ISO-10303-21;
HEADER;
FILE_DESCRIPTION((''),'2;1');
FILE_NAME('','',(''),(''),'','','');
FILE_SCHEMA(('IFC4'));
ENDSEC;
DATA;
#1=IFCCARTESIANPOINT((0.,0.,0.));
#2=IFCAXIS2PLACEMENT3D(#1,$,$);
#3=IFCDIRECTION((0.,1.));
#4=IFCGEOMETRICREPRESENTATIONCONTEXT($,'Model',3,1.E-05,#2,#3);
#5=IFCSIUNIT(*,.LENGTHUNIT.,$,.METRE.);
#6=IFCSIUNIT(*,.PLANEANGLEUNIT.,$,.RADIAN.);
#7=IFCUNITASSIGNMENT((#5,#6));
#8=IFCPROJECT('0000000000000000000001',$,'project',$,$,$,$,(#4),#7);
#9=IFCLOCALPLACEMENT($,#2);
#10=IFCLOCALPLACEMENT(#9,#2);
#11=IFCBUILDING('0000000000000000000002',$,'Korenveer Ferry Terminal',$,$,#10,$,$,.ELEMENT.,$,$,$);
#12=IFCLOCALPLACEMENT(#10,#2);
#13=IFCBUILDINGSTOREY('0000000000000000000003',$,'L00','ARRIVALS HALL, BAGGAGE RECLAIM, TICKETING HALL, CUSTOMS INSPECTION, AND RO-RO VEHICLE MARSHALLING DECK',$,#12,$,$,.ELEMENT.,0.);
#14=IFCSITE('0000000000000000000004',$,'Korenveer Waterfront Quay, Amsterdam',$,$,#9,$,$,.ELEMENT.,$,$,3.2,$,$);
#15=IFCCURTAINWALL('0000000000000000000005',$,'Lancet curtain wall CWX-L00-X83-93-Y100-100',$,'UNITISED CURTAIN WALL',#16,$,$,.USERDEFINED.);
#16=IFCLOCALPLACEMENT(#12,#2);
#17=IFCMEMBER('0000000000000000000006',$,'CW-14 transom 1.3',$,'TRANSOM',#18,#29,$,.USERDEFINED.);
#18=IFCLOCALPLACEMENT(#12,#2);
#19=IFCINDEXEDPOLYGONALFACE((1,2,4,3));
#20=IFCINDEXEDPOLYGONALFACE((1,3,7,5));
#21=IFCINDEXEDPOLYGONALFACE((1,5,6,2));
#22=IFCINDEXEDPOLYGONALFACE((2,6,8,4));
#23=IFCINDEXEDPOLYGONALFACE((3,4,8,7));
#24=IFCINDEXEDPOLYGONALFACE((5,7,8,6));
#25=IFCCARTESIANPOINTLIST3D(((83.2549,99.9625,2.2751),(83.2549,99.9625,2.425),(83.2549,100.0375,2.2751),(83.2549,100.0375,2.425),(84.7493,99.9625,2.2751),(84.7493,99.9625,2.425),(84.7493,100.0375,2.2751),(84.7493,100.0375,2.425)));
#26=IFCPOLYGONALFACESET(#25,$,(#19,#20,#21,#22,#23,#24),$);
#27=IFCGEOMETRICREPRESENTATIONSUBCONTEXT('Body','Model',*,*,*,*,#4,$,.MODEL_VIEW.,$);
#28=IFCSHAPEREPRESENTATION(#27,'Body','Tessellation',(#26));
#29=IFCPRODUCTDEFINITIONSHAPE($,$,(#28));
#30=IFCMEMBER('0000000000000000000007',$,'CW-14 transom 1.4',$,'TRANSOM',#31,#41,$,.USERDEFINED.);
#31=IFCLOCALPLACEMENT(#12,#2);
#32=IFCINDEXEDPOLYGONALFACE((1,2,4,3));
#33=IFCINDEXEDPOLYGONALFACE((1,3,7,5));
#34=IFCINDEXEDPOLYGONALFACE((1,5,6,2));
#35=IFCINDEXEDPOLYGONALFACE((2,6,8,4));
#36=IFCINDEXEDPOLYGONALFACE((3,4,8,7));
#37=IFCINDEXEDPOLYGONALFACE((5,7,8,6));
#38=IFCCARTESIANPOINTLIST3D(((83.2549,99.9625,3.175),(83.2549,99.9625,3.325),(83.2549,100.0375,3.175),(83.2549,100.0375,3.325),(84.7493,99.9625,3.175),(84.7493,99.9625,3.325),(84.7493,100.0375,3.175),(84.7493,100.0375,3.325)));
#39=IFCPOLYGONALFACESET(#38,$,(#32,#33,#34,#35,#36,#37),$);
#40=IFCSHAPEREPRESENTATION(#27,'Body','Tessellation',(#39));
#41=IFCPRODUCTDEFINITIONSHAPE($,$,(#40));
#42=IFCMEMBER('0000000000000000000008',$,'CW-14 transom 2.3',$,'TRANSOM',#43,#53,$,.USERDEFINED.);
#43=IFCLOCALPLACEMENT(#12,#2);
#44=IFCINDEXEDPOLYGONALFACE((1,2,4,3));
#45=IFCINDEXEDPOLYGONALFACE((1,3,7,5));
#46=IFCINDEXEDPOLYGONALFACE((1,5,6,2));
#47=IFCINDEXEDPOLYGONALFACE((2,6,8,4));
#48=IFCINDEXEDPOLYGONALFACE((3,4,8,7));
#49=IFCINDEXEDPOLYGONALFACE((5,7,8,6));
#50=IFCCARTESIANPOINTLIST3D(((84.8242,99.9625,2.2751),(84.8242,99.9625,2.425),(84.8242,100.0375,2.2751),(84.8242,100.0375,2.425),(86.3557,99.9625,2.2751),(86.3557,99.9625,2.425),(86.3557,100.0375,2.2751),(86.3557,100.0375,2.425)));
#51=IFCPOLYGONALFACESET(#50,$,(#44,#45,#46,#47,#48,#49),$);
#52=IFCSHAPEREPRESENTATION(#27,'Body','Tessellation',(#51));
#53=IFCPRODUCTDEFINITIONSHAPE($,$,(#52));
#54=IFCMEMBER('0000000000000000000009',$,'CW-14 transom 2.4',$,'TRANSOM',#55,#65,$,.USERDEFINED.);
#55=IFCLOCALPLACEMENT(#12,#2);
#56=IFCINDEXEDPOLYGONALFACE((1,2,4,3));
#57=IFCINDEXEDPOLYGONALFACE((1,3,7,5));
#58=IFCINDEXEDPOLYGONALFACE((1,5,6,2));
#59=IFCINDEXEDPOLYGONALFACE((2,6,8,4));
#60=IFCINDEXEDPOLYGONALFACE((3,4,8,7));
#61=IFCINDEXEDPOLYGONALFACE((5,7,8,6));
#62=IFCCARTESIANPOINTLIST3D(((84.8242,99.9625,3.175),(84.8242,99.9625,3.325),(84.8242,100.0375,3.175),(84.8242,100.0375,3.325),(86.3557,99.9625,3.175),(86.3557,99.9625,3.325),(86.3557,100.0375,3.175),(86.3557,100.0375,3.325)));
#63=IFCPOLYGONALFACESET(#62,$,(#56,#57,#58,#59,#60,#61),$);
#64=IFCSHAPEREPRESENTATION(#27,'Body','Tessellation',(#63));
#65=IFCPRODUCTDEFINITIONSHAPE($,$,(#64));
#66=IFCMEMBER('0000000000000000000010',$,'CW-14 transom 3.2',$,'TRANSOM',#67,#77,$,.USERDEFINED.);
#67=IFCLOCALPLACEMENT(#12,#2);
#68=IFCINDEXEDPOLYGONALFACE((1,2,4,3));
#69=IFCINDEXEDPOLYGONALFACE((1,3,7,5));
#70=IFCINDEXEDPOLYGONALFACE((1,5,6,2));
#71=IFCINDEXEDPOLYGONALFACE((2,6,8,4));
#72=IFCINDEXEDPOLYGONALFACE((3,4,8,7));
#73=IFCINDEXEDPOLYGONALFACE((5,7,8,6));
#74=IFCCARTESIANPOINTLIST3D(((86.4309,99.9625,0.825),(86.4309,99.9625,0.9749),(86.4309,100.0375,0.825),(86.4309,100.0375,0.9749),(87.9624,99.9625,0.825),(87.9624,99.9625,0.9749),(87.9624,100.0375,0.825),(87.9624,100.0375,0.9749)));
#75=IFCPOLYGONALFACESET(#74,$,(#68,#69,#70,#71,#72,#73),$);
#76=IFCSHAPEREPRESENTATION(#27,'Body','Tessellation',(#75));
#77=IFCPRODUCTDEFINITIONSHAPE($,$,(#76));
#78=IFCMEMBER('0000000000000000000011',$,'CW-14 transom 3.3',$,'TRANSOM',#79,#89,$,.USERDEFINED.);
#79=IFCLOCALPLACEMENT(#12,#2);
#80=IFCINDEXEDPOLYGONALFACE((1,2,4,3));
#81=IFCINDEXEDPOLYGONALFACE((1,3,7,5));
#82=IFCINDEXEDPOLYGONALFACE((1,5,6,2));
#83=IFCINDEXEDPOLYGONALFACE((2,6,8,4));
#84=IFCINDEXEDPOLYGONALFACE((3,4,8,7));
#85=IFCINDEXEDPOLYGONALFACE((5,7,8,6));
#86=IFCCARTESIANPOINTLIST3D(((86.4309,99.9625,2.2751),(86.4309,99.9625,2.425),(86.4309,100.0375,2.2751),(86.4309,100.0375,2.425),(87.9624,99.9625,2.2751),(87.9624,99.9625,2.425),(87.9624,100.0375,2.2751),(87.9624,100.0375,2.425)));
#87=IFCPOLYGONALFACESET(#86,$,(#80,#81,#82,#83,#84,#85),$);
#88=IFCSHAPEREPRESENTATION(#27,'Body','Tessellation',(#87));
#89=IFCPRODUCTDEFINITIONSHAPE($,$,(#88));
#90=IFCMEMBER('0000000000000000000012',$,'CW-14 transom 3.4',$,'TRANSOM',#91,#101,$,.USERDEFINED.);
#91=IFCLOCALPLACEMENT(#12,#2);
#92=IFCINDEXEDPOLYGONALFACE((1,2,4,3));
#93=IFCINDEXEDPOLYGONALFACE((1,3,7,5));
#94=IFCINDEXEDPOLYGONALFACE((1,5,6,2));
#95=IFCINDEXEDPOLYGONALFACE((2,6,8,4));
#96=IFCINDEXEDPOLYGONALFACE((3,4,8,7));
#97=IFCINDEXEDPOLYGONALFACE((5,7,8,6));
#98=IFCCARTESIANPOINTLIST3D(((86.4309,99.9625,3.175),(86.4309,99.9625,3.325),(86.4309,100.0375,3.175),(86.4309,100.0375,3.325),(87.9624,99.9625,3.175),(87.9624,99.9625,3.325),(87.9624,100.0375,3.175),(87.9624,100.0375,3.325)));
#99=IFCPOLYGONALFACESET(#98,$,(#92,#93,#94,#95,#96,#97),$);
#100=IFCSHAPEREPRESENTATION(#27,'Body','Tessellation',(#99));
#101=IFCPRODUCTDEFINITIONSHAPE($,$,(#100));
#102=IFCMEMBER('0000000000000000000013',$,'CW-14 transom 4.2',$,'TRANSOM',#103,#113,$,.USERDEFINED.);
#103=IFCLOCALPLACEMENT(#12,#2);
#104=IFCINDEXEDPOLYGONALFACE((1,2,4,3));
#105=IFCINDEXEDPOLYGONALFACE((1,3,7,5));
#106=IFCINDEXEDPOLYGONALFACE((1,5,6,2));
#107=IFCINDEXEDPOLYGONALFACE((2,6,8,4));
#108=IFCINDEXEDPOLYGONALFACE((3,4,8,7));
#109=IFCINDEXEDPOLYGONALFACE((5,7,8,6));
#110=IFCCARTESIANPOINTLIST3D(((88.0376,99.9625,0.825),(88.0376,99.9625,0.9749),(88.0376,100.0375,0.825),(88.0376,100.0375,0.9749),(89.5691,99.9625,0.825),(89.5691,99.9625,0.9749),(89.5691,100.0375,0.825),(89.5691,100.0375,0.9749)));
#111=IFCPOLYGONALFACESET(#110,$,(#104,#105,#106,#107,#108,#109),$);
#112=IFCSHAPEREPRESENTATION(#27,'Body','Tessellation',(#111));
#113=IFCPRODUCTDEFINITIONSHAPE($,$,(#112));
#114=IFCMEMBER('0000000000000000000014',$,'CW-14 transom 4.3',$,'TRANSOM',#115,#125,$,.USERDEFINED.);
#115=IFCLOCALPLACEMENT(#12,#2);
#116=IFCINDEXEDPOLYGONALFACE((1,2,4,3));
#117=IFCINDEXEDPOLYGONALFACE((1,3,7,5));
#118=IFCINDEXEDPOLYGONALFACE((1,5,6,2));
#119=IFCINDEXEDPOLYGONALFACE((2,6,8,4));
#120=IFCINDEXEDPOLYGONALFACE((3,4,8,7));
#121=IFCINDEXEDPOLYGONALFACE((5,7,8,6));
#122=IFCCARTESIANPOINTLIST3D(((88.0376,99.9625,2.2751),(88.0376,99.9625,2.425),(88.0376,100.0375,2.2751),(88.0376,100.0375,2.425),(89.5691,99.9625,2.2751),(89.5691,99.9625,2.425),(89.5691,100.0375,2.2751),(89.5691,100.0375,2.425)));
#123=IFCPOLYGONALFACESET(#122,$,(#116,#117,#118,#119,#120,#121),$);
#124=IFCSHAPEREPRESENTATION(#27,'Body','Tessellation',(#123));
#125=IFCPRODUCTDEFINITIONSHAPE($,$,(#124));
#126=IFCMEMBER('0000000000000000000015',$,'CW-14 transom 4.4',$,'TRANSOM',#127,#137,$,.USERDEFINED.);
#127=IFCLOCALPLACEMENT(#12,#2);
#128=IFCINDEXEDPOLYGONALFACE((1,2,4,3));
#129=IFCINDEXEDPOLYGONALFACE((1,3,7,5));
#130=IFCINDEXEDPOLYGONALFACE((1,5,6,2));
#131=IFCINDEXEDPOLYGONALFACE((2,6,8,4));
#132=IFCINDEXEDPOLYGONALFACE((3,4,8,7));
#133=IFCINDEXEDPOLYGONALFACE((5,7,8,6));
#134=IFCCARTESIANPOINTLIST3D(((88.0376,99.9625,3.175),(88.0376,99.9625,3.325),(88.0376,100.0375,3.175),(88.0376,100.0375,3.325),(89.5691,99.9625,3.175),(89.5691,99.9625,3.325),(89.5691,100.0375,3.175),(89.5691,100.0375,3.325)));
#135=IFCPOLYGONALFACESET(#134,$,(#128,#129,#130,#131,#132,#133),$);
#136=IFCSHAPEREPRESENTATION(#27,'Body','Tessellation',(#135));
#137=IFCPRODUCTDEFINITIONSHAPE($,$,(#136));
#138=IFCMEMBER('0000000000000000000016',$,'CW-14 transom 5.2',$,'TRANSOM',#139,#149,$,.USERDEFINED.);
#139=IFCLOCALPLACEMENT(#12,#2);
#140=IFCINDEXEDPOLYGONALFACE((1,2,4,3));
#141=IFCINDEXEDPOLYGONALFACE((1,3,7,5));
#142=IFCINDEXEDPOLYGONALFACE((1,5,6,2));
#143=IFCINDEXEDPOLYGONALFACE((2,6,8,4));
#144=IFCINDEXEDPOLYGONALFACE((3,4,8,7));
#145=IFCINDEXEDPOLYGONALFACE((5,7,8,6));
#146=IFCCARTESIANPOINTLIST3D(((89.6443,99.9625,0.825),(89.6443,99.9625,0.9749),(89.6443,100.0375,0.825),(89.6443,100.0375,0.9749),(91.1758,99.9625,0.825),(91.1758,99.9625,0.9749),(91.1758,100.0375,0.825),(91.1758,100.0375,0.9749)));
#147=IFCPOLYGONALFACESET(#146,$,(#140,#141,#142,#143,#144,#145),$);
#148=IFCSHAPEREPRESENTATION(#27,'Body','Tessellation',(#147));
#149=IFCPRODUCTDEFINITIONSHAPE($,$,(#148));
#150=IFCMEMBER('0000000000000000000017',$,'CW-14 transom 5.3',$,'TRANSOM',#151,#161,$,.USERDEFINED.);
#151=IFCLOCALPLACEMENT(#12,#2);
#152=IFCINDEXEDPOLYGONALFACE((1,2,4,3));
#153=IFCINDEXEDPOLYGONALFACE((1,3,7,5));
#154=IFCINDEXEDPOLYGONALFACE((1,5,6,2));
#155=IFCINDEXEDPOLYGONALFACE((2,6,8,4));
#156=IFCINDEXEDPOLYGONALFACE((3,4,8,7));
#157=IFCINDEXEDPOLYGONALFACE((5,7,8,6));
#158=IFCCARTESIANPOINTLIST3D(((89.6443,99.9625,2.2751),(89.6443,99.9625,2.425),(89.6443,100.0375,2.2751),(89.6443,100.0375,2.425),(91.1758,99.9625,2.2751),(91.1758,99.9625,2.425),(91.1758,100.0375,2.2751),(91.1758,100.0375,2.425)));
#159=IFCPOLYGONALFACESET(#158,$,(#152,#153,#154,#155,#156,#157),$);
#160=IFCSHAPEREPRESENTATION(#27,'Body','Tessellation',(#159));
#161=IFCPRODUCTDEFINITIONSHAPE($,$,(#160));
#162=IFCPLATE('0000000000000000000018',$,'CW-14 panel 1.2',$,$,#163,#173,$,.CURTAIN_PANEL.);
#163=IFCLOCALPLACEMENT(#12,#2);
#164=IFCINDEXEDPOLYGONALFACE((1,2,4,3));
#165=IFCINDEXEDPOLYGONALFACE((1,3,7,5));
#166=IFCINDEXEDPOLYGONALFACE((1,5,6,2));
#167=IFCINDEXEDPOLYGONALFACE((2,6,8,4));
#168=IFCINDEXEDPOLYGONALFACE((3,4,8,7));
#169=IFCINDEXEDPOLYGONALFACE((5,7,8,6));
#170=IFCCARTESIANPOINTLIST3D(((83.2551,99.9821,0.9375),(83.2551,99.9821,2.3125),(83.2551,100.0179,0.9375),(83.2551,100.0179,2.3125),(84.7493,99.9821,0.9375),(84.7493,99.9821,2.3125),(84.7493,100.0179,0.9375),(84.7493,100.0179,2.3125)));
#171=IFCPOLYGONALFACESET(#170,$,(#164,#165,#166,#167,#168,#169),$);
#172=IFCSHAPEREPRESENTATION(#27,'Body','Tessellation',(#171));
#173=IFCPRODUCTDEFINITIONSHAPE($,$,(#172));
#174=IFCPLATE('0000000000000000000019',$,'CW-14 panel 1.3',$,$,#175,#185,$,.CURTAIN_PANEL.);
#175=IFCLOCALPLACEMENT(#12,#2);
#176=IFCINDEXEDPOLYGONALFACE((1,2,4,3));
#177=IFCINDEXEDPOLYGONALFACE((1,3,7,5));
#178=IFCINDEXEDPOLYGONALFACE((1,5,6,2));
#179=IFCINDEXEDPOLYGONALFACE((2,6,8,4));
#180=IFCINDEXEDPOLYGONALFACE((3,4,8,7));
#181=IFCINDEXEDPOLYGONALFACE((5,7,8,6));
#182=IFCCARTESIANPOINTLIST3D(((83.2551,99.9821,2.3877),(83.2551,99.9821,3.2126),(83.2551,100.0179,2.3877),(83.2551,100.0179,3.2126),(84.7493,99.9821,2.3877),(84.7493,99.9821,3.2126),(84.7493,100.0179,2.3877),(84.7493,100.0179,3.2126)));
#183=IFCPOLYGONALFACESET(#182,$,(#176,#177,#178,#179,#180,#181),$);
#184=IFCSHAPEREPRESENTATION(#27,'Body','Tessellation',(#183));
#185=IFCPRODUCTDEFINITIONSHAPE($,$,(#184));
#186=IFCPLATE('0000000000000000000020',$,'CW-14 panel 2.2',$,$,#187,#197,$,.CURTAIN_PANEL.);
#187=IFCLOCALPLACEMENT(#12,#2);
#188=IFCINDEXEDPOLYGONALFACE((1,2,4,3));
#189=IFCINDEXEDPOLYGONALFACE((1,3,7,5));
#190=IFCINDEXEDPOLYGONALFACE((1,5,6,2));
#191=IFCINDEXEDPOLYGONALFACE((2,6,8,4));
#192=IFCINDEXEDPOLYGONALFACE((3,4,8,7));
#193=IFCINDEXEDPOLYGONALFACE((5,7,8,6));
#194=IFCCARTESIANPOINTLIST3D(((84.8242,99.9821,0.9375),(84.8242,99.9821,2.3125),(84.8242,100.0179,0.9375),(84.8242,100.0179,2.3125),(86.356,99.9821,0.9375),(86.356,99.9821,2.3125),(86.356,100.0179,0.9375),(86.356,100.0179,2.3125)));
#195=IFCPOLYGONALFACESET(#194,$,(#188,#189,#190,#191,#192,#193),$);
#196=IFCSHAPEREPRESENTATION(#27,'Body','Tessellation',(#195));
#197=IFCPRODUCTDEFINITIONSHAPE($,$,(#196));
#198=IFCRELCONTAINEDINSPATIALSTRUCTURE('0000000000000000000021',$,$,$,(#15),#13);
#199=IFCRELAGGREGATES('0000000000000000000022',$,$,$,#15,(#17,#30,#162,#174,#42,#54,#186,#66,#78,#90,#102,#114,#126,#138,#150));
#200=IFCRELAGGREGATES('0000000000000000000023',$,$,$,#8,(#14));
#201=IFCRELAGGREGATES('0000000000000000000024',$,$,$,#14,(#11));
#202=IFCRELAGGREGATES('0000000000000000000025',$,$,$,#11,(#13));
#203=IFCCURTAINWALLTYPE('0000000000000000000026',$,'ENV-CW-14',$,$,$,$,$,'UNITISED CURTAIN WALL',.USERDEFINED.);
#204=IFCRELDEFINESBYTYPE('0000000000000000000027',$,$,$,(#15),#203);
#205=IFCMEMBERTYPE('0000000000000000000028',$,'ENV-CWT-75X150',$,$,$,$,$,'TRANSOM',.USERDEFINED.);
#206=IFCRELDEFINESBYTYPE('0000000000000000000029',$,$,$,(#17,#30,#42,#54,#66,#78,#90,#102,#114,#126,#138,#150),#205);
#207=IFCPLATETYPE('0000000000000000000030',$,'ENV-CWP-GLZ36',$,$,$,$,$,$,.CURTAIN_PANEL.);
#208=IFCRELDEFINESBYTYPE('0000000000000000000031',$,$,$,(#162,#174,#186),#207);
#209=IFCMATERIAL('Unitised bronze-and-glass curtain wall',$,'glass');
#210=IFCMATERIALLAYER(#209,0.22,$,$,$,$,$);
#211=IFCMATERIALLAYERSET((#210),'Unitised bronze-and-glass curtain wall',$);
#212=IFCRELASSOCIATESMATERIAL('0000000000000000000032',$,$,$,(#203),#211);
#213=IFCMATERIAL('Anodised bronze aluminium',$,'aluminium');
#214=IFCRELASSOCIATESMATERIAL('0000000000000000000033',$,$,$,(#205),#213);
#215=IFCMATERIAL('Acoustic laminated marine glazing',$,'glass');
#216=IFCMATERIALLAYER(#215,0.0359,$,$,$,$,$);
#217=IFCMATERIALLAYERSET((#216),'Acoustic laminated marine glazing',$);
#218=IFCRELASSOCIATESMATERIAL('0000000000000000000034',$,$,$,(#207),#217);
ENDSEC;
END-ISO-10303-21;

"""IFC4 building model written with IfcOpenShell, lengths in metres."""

from ifc_helpers import new_model, si_unit, direction, frame, origin, origin_2d, place, context, subcontext, project, spatial, rectangle, extrude, material, layer, layer_set, material_profile, profile_set, type_object, element, aggregate, save


model = new_model("IFC4")

# Units and contexts
model_context = context("Model", 3, precision=1e-05, world=origin(), true_north=direction((0.0, 1.0)))
body_context = subcontext(model_context, "Body", "Model", "MODEL_VIEW")
ifc_project = project(units=[si_unit("LENGTHUNIT", "METRE"), si_unit("PLANEANGLEUNIT", "RADIAN")], contexts=[model_context])

# Site, building, storey
site_placement = place(None, origin())
site = spatial("IfcSite", under=ifc_project, at=site_placement, Name="Korenveer Waterfront Quay, Amsterdam", CompositionType="ELEMENT", RefElevation=3.2)
building_placement = place(site_placement, origin())
building = spatial("IfcBuilding", under=site, at=building_placement, Name="Korenveer Ferry Terminal", CompositionType="ELEMENT")
storey_placement = place(building_placement, origin())
storey = spatial("IfcBuildingStorey", under=building, at=storey_placement, Name="L00", Description="ARRIVALS HALL, BAGGAGE RECLAIM, TICKETING HALL, CUSTOMS INSPECTION, AND RO-RO VEHICLE MARSHALLING DECK", CompositionType="ELEMENT", Elevation=0.0)

# Curtain wall, members, plates
ifc_material_1 = material(Name="Unitised bronze-and-glass curtain wall", Category="glass")
ifc_layer_1 = layer(ifc_material_1, 0.22)
ifc_layer_set_1 = layer_set([ifc_layer_1], Name="Unitised bronze-and-glass curtain wall")
curtain_wall_type = type_object("IfcCurtainWallType", Name="ENV-CW-14", ElementType="UNITISED CURTAIN WALL", PredefinedType="USERDEFINED", material=ifc_layer_set_1)
curtain_wall_placement = place(storey_placement, frame((83.1799, 100.0, 0.0)))
curtain_wall = element("IfcCurtainWall", 1, at=curtain_wall_placement, inside=storey, type_object=curtain_wall_type, Name="Lancet curtain wall CWX-L00-X83-93-Y100-100", ObjectType="UNITISED CURTAIN WALL", PredefinedType="USERDEFINED")
ifc_material_2 = material(Name="Anodised bronze aluminium", Category="aluminium")
ifc_material_profile = material_profile(ifc_material_2, rectangle(XDim=0.075, YDim=0.1499, at=origin_2d()), Name="ALU 75x150")
ifc_profile_set = profile_set([ifc_material_profile], Name="Anodised bronze aluminium")
member_type = type_object("IfcMemberType", Name="ENV-CWT-75X150", ElementType="TRANSOM", PredefinedType="USERDEFINED", material=ifc_profile_set)
member_1_placement = place(storey_placement, frame((83.2549, 100.0, 2.3501), z_axis=(1.0, 0.0, 0.0), x_axis=(0.0, 1.0, 0.0)))
member_1 = element("IfcMember", 2, at=member_1_placement, type_object=member_type, Name="CW-14 transom 1.3", ObjectType="TRANSOM", PredefinedType="USERDEFINED", context=body_context, shape_type="SweptSolid", body=[
    extrude(rectangle(XDim=0.075, YDim=0.1499, at=origin_2d()), origin(), (0.0, 0.0, 1.0), 1.4944),
])
member_2_placement = place(storey_placement, frame((83.2549, 100.0, 3.25), z_axis=(1.0, 0.0, 0.0), x_axis=(0.0, 1.0, 0.0)))
member_2 = element("IfcMember", 3, at=member_2_placement, type_object=member_type, Name="CW-14 transom 1.4", ObjectType="TRANSOM", PredefinedType="USERDEFINED", context=body_context, shape_type="SweptSolid", body=[
    extrude(rectangle(XDim=0.075, YDim=0.1499, at=origin_2d()), origin(), (0.0, 0.0, 1.0), 1.4944),
])
member_3_placement = place(storey_placement, frame((84.8242, 100.0, 2.3501), z_axis=(1.0, 0.0, 0.0), x_axis=(0.0, 1.0, 0.0)))
member_3 = element("IfcMember", 4, at=member_3_placement, type_object=member_type, Name="CW-14 transom 2.3", ObjectType="TRANSOM", PredefinedType="USERDEFINED", context=body_context, shape_type="SweptSolid", body=[
    extrude(rectangle(XDim=0.075, YDim=0.1499, at=origin_2d()), origin(), (0.0, 0.0, 1.0), 1.5315),
])
member_4_placement = place(storey_placement, frame((84.8242, 100.0, 3.25), z_axis=(1.0, 0.0, 0.0), x_axis=(0.0, 1.0, 0.0)))
member_4 = element("IfcMember", 5, at=member_4_placement, type_object=member_type, Name="CW-14 transom 2.4", ObjectType="TRANSOM", PredefinedType="USERDEFINED", context=body_context, shape_type="SweptSolid", body=[
    extrude(rectangle(XDim=0.075, YDim=0.1499, at=origin_2d()), origin(), (0.0, 0.0, 1.0), 1.5315),
])
member_5_placement = place(storey_placement, frame((86.4309, 100.0, 0.8999), z_axis=(1.0, 0.0, 0.0), x_axis=(0.0, 1.0, 0.0)))
member_5 = element("IfcMember", 6, at=member_5_placement, type_object=member_type, Name="CW-14 transom 3.2", ObjectType="TRANSOM", PredefinedType="USERDEFINED", context=body_context, shape_type="SweptSolid", body=[
    extrude(rectangle(XDim=0.075, YDim=0.1499, at=origin_2d()), origin(), (0.0, 0.0, 1.0), 1.5315),
])
member_6_placement = place(storey_placement, frame((86.4309, 100.0, 2.3501), z_axis=(1.0, 0.0, 0.0), x_axis=(0.0, 1.0, 0.0)))
member_6 = element("IfcMember", 7, at=member_6_placement, type_object=member_type, Name="CW-14 transom 3.3", ObjectType="TRANSOM", PredefinedType="USERDEFINED", context=body_context, shape_type="SweptSolid", body=[
    extrude(rectangle(XDim=0.075, YDim=0.1499, at=origin_2d()), origin(), (0.0, 0.0, 1.0), 1.5315),
])
member_7_placement = place(storey_placement, frame((86.4309, 100.0, 3.25), z_axis=(1.0, 0.0, 0.0), x_axis=(0.0, 1.0, 0.0)))
member_7 = element("IfcMember", 8, at=member_7_placement, type_object=member_type, Name="CW-14 transom 3.4", ObjectType="TRANSOM", PredefinedType="USERDEFINED", context=body_context, shape_type="SweptSolid", body=[
    extrude(rectangle(XDim=0.075, YDim=0.1499, at=origin_2d()), origin(), (0.0, 0.0, 1.0), 1.5315),
])
member_8_placement = place(storey_placement, frame((88.0376, 100.0, 0.8999), z_axis=(1.0, 0.0, 0.0), x_axis=(0.0, 1.0, 0.0)))
member_8 = element("IfcMember", 9, at=member_8_placement, type_object=member_type, Name="CW-14 transom 4.2", ObjectType="TRANSOM", PredefinedType="USERDEFINED", context=body_context, shape_type="SweptSolid", body=[
    extrude(rectangle(XDim=0.075, YDim=0.1499, at=origin_2d()), origin(), (0.0, 0.0, 1.0), 1.5315),
])
member_9_placement = place(storey_placement, frame((88.0376, 100.0, 2.3501), z_axis=(1.0, 0.0, 0.0), x_axis=(0.0, 1.0, 0.0)))
member_9 = element("IfcMember", 10, at=member_9_placement, type_object=member_type, Name="CW-14 transom 4.3", ObjectType="TRANSOM", PredefinedType="USERDEFINED", context=body_context, shape_type="SweptSolid", body=[
    extrude(rectangle(XDim=0.075, YDim=0.1499, at=origin_2d()), origin(), (0.0, 0.0, 1.0), 1.5315),
])
member_10_placement = place(storey_placement, frame((88.0376, 100.0, 3.25), z_axis=(1.0, 0.0, 0.0), x_axis=(0.0, 1.0, 0.0)))
member_10 = element("IfcMember", 11, at=member_10_placement, type_object=member_type, Name="CW-14 transom 4.4", ObjectType="TRANSOM", PredefinedType="USERDEFINED", context=body_context, shape_type="SweptSolid", body=[
    extrude(rectangle(XDim=0.075, YDim=0.1499, at=origin_2d()), origin(), (0.0, 0.0, 1.0), 1.5315),
])
member_11_placement = place(storey_placement, frame((89.6443, 100.0, 0.8999), z_axis=(1.0, 0.0, 0.0), x_axis=(0.0, 1.0, 0.0)))
member_11 = element("IfcMember", 12, at=member_11_placement, type_object=member_type, Name="CW-14 transom 5.2", ObjectType="TRANSOM", PredefinedType="USERDEFINED", context=body_context, shape_type="SweptSolid", body=[
    extrude(rectangle(XDim=0.075, YDim=0.1499, at=origin_2d()), origin(), (0.0, 0.0, 1.0), 1.5315),
])
member_12_placement = place(storey_placement, frame((89.6443, 100.0, 2.3501), z_axis=(1.0, 0.0, 0.0), x_axis=(0.0, 1.0, 0.0)))
member_12 = element("IfcMember", 13, at=member_12_placement, type_object=member_type, Name="CW-14 transom 5.3", ObjectType="TRANSOM", PredefinedType="USERDEFINED", context=body_context, shape_type="SweptSolid", body=[
    extrude(rectangle(XDim=0.075, YDim=0.1499, at=origin_2d()), origin(), (0.0, 0.0, 1.0), 1.5315),
])
ifc_material_3 = material(Name="Acoustic laminated marine glazing", Category="glass")
ifc_layer_2 = layer(ifc_material_3, 0.0359)
ifc_layer_set_2 = layer_set([ifc_layer_2], Name="Acoustic laminated marine glazing")
plate_type = type_object("IfcPlateType", Name="ENV-CWP-GLZ36", PredefinedType="CURTAIN_PANEL", material=ifc_layer_set_2)
plate_1_placement = place(storey_placement, frame((84.0022, 100.0, 0.9375), z_axis=(0.0, 0.0, 1.0), x_axis=(1.0, 0.0, 0.0)))
plate_1 = element("IfcPlate", 14, at=plate_1_placement, type_object=plate_type, Name="CW-14 panel 1.2", PredefinedType="CURTAIN_PANEL", context=body_context, shape_type="SweptSolid", body=[
    extrude(rectangle(XDim=1.4941, YDim=0.0359, at=origin_2d()), origin(), (0.0, 0.0, 1.0), 1.375),
])
plate_2_placement = place(storey_placement, frame((84.0022, 100.0, 2.3877), z_axis=(0.0, 0.0, 1.0), x_axis=(1.0, 0.0, 0.0)))
plate_2 = element("IfcPlate", 15, at=plate_2_placement, type_object=plate_type, Name="CW-14 panel 1.3", PredefinedType="CURTAIN_PANEL", context=body_context, shape_type="SweptSolid", body=[
    extrude(rectangle(XDim=1.4941, YDim=0.0359, at=origin_2d()), origin(), (0.0, 0.0, 1.0), 0.825),
])
plate_3_placement = place(storey_placement, frame((85.5901, 100.0, 0.9375), z_axis=(0.0, 0.0, 1.0), x_axis=(1.0, 0.0, 0.0)))
plate_3 = element("IfcPlate", 16, at=plate_3_placement, type_object=plate_type, Name="CW-14 panel 2.2", PredefinedType="CURTAIN_PANEL", context=body_context, shape_type="SweptSolid", body=[
    extrude(rectangle(XDim=1.5317, YDim=0.0359, at=origin_2d()), origin(), (0.0, 0.0, 1.0), 1.375),
])
aggregate(curtain_wall, [member_1, member_2, plate_1, plate_2, member_3, member_4, plate_3, member_5, member_6, member_7, member_8, member_9, member_10, member_11, member_12])

save(model, "model.ifc")
